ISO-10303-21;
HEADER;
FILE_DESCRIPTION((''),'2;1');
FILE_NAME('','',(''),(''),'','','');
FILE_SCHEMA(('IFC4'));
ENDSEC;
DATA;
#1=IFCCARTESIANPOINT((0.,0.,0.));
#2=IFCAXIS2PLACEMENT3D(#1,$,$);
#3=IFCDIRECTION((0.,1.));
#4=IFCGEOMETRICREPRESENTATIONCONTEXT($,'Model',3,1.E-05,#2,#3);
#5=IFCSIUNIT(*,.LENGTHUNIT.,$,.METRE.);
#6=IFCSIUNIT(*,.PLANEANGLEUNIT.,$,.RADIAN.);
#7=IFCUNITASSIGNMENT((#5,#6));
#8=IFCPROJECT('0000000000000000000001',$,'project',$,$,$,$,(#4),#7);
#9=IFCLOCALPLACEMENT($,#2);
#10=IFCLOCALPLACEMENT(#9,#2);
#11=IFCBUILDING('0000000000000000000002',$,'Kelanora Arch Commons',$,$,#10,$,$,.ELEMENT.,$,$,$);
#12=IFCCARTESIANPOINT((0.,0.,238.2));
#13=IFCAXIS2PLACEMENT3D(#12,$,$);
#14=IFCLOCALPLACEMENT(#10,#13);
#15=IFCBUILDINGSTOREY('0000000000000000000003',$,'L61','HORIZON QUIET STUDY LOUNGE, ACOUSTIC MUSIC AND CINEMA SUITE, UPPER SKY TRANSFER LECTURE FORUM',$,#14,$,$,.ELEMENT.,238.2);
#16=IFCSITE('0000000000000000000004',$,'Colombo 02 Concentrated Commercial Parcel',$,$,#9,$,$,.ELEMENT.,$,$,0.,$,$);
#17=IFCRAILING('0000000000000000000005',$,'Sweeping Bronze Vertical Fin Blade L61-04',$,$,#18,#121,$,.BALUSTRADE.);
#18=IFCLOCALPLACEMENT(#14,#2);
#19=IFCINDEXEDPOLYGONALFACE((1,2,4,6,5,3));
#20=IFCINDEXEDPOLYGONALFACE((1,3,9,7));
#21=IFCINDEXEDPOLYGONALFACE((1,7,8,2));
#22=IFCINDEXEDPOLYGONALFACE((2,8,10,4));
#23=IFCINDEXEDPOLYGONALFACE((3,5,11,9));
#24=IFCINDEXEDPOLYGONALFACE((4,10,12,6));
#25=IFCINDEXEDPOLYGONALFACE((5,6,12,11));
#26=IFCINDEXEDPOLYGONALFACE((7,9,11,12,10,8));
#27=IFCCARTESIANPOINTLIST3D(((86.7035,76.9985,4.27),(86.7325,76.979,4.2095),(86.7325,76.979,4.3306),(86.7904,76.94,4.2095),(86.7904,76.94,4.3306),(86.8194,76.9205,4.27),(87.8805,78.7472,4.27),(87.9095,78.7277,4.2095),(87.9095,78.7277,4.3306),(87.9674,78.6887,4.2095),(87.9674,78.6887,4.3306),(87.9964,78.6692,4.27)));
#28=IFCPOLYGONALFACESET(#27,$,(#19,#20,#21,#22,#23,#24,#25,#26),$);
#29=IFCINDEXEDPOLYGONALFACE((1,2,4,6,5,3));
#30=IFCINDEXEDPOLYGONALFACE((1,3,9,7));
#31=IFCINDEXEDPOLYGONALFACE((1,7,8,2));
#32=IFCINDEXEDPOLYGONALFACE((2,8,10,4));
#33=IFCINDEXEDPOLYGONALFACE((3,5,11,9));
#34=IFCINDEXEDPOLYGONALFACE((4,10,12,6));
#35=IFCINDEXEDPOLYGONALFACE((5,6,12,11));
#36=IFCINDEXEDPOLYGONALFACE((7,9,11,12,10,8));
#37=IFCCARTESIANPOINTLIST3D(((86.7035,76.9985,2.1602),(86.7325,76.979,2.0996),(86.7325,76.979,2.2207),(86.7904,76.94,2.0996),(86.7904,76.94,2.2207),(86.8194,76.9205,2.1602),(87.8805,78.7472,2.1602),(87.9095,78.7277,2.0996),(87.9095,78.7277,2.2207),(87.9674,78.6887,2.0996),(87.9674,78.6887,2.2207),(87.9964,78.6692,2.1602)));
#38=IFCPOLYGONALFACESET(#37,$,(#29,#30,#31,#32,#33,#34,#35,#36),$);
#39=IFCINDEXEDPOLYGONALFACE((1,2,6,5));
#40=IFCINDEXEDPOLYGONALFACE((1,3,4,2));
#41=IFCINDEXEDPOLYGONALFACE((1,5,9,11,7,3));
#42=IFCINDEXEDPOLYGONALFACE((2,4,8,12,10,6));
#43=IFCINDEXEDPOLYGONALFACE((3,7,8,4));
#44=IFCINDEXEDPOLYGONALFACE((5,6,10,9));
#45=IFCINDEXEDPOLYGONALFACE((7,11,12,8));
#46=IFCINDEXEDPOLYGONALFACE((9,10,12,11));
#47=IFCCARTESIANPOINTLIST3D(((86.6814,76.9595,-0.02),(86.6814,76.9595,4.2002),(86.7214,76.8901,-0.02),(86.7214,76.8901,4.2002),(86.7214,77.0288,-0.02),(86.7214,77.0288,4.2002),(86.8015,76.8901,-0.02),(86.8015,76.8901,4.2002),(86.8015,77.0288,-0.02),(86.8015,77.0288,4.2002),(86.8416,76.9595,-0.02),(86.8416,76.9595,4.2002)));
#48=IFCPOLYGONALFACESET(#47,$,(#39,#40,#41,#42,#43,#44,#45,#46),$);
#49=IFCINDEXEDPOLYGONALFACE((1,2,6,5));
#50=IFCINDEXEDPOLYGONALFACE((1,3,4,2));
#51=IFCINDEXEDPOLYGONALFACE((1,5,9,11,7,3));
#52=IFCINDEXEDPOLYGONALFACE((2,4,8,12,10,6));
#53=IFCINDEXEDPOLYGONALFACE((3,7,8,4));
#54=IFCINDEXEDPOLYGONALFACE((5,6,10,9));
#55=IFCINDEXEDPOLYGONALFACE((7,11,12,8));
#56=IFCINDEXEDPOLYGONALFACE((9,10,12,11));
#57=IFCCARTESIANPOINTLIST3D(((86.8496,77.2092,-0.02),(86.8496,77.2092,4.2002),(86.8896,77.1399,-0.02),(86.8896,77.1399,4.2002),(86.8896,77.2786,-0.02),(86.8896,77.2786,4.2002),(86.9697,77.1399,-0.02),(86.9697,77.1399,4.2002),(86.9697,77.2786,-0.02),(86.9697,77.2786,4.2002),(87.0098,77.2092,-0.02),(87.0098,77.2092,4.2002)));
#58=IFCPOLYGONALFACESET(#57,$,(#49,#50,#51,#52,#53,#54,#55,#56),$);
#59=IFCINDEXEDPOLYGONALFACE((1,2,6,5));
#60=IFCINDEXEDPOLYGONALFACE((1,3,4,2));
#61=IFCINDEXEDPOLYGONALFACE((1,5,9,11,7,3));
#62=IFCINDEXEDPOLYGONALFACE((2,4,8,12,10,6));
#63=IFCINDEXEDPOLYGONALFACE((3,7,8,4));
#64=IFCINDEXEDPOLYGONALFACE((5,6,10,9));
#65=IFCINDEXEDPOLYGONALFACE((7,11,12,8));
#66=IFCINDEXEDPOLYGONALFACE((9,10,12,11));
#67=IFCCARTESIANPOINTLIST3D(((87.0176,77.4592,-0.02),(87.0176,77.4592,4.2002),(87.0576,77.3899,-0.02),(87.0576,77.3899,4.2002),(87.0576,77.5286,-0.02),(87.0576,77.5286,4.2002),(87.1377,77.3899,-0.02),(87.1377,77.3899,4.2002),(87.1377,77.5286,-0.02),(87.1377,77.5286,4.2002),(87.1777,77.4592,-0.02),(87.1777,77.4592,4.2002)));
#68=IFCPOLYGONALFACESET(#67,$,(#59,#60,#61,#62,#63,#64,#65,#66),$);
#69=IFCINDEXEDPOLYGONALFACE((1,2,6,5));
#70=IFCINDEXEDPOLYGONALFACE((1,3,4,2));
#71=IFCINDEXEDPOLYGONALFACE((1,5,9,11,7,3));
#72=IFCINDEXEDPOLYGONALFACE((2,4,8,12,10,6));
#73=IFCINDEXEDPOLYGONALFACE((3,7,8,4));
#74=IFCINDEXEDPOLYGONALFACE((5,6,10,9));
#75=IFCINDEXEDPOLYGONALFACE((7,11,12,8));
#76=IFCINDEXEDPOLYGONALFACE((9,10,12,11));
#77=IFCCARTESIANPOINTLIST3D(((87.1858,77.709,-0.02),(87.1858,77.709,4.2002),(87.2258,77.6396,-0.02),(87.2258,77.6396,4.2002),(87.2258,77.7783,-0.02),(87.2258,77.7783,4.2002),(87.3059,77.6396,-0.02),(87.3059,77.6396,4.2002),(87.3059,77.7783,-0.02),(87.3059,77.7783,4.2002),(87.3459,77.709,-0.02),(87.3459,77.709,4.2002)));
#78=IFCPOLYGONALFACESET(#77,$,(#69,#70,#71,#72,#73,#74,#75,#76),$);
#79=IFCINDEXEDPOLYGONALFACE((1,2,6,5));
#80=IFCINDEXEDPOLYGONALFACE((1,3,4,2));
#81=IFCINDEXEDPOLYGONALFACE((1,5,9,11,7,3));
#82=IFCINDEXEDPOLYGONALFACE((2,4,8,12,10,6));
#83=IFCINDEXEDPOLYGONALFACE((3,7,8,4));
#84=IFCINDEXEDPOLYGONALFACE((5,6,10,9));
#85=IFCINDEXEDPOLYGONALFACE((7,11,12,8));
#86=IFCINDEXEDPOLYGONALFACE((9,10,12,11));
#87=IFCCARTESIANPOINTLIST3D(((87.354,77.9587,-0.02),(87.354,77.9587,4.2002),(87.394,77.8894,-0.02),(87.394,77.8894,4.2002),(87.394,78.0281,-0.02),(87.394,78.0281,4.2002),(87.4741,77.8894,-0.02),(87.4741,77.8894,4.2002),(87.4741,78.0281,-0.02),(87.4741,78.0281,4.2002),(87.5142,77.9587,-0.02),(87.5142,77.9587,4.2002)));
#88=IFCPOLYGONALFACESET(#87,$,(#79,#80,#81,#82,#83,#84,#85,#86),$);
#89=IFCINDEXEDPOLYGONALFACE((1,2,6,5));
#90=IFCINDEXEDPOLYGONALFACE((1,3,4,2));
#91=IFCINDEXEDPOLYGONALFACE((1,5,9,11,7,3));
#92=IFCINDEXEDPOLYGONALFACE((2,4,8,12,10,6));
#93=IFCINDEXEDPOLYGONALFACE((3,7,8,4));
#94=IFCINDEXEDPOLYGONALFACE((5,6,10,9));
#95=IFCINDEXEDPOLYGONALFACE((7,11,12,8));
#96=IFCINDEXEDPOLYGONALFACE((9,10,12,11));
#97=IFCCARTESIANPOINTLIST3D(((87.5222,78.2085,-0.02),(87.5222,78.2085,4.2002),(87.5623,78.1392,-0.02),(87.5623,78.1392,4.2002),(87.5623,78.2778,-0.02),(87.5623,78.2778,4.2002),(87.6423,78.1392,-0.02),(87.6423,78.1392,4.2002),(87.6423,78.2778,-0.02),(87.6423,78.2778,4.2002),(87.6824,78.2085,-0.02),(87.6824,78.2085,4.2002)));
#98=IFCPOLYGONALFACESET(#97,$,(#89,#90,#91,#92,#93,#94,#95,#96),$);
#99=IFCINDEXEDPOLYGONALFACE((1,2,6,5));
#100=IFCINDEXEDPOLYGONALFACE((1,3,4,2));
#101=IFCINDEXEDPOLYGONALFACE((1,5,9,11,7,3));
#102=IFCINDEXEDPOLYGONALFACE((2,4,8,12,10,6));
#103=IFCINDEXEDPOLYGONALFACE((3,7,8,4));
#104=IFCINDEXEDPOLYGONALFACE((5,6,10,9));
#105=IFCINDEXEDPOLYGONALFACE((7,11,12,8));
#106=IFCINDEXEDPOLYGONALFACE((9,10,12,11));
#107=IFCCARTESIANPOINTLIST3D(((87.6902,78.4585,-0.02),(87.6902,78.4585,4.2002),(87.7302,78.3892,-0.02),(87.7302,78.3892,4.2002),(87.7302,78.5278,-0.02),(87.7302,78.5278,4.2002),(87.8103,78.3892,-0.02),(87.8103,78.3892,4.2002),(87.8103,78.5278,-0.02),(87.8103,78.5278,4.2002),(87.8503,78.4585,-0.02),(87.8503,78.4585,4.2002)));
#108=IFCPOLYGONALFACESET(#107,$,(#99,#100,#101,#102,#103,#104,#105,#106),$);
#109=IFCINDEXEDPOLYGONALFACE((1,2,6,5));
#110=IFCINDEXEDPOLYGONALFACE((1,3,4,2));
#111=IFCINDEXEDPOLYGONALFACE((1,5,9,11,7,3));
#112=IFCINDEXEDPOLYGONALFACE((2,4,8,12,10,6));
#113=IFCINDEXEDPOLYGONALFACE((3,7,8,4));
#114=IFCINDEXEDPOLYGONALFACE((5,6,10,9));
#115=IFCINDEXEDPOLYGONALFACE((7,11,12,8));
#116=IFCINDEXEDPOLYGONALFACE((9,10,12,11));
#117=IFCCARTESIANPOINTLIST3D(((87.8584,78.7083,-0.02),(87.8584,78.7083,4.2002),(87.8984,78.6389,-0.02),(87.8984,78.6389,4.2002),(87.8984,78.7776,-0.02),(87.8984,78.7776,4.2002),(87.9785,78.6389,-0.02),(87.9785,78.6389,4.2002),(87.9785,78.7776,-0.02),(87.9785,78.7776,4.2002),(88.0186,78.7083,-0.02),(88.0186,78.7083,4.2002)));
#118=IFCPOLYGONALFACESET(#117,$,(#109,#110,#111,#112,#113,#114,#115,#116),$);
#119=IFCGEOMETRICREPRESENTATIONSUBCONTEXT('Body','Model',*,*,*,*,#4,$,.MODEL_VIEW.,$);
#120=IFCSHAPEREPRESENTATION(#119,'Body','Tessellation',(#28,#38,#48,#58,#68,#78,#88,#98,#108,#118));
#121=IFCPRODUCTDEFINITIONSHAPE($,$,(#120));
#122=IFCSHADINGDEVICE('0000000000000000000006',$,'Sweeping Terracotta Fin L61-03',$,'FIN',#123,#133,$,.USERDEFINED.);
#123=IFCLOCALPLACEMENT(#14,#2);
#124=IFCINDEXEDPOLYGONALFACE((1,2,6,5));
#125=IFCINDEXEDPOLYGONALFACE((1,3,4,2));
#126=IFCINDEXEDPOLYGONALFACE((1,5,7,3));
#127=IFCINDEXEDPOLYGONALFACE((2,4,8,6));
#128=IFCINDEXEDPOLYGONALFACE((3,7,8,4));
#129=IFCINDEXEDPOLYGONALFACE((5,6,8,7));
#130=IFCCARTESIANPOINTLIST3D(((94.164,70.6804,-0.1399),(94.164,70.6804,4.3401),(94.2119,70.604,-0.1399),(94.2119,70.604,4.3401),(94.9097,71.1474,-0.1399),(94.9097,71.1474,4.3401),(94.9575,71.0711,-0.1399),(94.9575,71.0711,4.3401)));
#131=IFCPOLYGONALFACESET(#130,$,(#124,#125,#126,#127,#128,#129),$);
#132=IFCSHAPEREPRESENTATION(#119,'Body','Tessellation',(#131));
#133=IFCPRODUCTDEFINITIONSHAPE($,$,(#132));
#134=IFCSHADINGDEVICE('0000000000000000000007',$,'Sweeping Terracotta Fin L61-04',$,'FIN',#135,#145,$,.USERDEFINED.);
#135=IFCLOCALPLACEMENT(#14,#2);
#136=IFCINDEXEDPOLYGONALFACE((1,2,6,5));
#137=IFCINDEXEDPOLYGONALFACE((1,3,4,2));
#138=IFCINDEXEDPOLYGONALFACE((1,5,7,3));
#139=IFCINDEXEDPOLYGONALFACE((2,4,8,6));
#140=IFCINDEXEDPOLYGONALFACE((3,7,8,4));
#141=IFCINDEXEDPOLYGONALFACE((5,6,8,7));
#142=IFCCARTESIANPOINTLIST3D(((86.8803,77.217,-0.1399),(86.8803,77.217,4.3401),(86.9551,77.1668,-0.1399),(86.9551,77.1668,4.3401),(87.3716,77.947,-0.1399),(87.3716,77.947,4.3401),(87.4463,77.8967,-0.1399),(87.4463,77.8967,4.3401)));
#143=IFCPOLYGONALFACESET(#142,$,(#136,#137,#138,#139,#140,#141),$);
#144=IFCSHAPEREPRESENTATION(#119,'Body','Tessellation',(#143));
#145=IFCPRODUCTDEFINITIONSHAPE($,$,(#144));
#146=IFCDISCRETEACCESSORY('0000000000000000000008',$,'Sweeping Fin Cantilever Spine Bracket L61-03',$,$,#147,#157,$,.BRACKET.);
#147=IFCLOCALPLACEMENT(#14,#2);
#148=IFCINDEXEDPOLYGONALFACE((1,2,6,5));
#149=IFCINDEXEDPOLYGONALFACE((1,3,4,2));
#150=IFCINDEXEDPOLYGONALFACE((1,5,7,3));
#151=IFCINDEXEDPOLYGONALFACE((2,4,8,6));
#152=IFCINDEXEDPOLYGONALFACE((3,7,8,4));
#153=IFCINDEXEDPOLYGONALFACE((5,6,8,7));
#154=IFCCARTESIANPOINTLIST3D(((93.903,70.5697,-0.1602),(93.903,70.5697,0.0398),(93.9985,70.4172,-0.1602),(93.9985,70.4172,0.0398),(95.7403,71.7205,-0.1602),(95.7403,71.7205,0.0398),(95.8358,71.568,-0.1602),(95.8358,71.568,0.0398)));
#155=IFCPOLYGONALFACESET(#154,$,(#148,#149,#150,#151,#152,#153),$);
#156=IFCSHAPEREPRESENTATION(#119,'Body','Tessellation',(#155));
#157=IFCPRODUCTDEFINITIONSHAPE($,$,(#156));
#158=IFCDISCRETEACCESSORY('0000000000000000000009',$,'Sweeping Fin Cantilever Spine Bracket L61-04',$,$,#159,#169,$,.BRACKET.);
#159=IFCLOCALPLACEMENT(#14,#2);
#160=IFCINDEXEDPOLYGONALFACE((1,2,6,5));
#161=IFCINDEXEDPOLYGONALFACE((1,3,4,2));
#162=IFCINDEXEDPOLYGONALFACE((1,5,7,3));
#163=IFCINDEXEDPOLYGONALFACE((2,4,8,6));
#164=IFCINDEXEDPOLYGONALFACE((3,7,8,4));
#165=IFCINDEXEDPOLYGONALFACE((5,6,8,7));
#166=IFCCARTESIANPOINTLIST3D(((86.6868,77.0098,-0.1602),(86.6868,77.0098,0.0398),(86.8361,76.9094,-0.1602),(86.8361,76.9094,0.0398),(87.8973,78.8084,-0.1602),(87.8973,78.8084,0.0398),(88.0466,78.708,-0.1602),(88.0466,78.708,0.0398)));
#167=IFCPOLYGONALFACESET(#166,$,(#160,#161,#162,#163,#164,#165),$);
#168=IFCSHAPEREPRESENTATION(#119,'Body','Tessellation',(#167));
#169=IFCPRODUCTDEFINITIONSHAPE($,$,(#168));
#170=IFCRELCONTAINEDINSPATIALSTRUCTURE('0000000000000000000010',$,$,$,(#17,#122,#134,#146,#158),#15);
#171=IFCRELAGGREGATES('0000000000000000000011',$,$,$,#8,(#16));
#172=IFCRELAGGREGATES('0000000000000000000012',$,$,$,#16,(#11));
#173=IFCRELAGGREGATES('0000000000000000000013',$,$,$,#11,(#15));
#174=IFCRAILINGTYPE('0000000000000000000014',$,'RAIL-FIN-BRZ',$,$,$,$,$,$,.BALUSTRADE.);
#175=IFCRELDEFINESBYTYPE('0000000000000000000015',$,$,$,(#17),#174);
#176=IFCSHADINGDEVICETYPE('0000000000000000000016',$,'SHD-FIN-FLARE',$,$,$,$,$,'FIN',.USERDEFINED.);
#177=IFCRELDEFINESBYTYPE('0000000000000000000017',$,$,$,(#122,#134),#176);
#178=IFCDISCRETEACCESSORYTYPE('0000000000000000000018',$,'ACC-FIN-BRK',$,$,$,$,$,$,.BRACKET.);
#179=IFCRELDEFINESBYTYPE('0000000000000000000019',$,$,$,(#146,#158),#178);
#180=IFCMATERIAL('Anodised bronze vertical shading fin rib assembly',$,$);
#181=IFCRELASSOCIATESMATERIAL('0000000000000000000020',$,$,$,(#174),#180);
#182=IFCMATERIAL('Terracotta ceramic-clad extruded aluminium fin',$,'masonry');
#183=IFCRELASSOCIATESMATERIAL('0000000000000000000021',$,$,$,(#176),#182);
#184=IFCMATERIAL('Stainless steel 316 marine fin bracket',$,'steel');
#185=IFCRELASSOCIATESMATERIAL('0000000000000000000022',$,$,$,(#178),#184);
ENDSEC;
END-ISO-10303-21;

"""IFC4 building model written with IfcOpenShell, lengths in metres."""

from ifc_helpers import new_model, si_unit, direction, frame, origin, origin_2d, place, context, subcontext, project, spatial, polyline, rectangle, outline, extrude, source, transform, mapped, material, type_object, element, save


model = new_model("IFC4")

# Units and contexts
model_context = context("Model", 3, precision=1e-05, world=origin(), true_north=direction((0.0, 1.0)))
body_context = subcontext(model_context, "Body", "Model", "MODEL_VIEW")
ifc_project = project(units=[si_unit("LENGTHUNIT", "METRE"), si_unit("PLANEANGLEUNIT", "RADIAN")], contexts=[model_context])

# Site, building, storey
site_placement = place(None, origin())
site = spatial("IfcSite", under=ifc_project, at=site_placement, Name="Colombo 02 Concentrated Commercial Parcel", CompositionType="ELEMENT", RefElevation=0.0)
building_placement = place(site_placement, origin())
building = spatial("IfcBuilding", under=site, at=building_placement, Name="Kelanora Arch Commons", CompositionType="ELEMENT")
storey_placement = place(building_placement, frame((0.0, 0.0, 238.2)))
storey = spatial("IfcBuildingStorey", under=building, at=storey_placement, Name="L61", Description="HORIZON QUIET STUDY LOUNGE, ACOUSTIC MUSIC AND CINEMA SUITE, UPPER SKY TRANSFER LECTURE FORUM", CompositionType="ELEMENT", Elevation=238.2)

# Railing
ifc_material_1 = material(Name="Anodised bronze vertical shading fin rib assembly")
railing_type = type_object("IfcRailingType", Name="RAIL-FIN-BRZ", PredefinedType="BALUSTRADE", material=ifc_material_1)
railing_1_placement = place(storey_placement, frame((86.7615, 76.9595, -0.02)))
element("IfcRailing", 1, at=railing_1_placement, inside=storey, type_object=railing_type, Name="Sweeping Bronze Vertical Fin Blade L61-04", PredefinedType="BALUSTRADE", context=body_context, shape_type="SweptSolid", body=[
    extrude(outline(polyline([(0.0698, 0.0), (0.0349, 0.0605), (-0.0349, 0.0605), (-0.0698, 0.0), (-0.0349, -0.0605), (0.0349, -0.0605), (0.0698, 0.0)])), frame((0.0, 0.0, 4.29), z_axis=(0.558356, 0.829601, 0.0), x_axis=(-0.829601, 0.558356, 0.0)), (0.0, 0.0, 1.0), 2.1079),
    extrude(outline(polyline([(0.0698, 0.0), (0.0349, 0.0605), (-0.0349, 0.0605), (-0.0698, 0.0), (-0.0349, -0.0605), (0.0349, -0.0605), (0.0698, 0.0)])), frame((0.0, 0.0, 2.1802), z_axis=(0.558356, 0.829601, 0.0), x_axis=(-0.829601, 0.558356, 0.0)), (0.0, 0.0, 1.0), 2.1079),
    extrude(outline(polyline([(0.0801, 0.0), (0.04, 0.0693), (-0.04, 0.0693), (-0.0801, 0.0), (-0.04, -0.0693), (0.04, -0.0693), (0.0801, 0.0)])), origin(), (0.0, 0.0, 1.0), 4.2202),
    extrude(outline(polyline([(0.0801, 0.0), (0.04, 0.0693), (-0.04, 0.0693), (-0.0801, 0.0), (-0.04, -0.0693), (0.04, -0.0693), (0.0801, 0.0)])), frame((0.1682, 0.2498, 0.0)), (0.0, 0.0, 1.0), 4.2202),
    extrude(outline(polyline([(0.0801, 0.0), (0.04, 0.0693), (-0.04, 0.0693), (-0.0801, 0.0), (-0.04, -0.0693), (0.04, -0.0693), (0.0801, 0.0)])), frame((0.3362, 0.4998, 0.0)), (0.0, 0.0, 1.0), 4.2202),
    extrude(outline(polyline([(0.0801, 0.0), (0.04, 0.0693), (-0.04, 0.0693), (-0.0801, 0.0), (-0.04, -0.0693), (0.04, -0.0693), (0.0801, 0.0)])), frame((0.5044, 0.7495, 0.0)), (0.0, 0.0, 1.0), 4.2202),
    extrude(outline(polyline([(0.0801, 0.0), (0.04, 0.0693), (-0.04, 0.0693), (-0.0801, 0.0), (-0.04, -0.0693), (0.04, -0.0693), (0.0801, 0.0)])), frame((0.6726, 0.9993, 0.0)), (0.0, 0.0, 1.0), 4.2202),
    extrude(outline(polyline([(0.0801, 0.0), (0.04, 0.0693), (-0.04, 0.0693), (-0.0801, 0.0), (-0.04, -0.0693), (0.04, -0.0693), (0.0801, 0.0)])), frame((0.8408, 1.249, 0.0)), (0.0, 0.0, 1.0), 4.2202),
    extrude(outline(polyline([(0.0801, 0.0), (0.04, 0.0693), (-0.04, 0.0693), (-0.0801, 0.0), (-0.04, -0.0693), (0.04, -0.0693), (0.0801, 0.0)])), frame((1.0088, 1.499, 0.0)), (0.0, 0.0, 1.0), 4.2202),
    extrude(outline(polyline([(0.0801, 0.0), (0.04, 0.0693), (-0.04, 0.0693), (-0.0801, 0.0), (-0.04, -0.0693), (0.04, -0.0693), (0.0801, 0.0)])), frame((1.177, 1.7488, 0.0)), (0.0, 0.0, 1.0), 4.2202),
])

# Shading devices
ifc_material_2 = material(Name="Terracotta ceramic-clad extruded aluminium fin", Category="masonry")
shading_device_type = type_object("IfcShadingDeviceType", Name="SHD-FIN-FLARE", ElementType="FIN", PredefinedType="USERDEFINED", material=ifc_material_2)
shared_shape_1 = source(origin(), body_context, "Body", "SweptSolid", [
    extrude(rectangle(XDim=0.8799, YDim=0.0901, at=origin_2d()), origin(), (0.0, 0.0, 1.0), 4.48),
])
for number, where, z_axis, x_axis, name in (
    (2, (94.5608, 70.8757, -0.1399), (0.0, 0.0, 1.0), (0.847493, 0.530807, 0.0), "Sweeping Terracotta Fin L61-03"),
    (3, (87.1633, 77.5569, -0.1399), (0.0, 0.0, 1.0), (0.558324, 0.829623, 0.0), "Sweeping Terracotta Fin L61-04"),
):
    element("IfcShadingDevice", number, at=place(storey_placement, frame(where, z_axis=z_axis, x_axis=x_axis)), inside=storey, type_object=shading_device_type, Name=name, ObjectType="FIN", PredefinedType="USERDEFINED", context=body_context, shape_type="MappedRepresentation", body=[
        mapped(shared_shape_1, transform((0.0, 0.0, 0.0), scale=1.0)),
    ])

# Discrete accessories
ifc_material_3 = material(Name="Stainless steel 316 marine fin bracket", Category="steel")
discrete_accessory_type = type_object("IfcDiscreteAccessoryType", Name="ACC-FIN-BRK", PredefinedType="BRACKET", material=ifc_material_3)
shared_shape_2 = source(origin(), body_context, "Body", "SweptSolid", [
    extrude(rectangle(XDim=2.168, YDim=0.1799, at=origin_2d()), origin(), (0.0, 0.0, 1.0), 0.2),
])
for number, where, z_axis, x_axis, name in (
    (4, (94.8694, 71.0688, -0.1602), (0.0, 0.0, 1.0), (0.847493, 0.530807, 0.0), "Sweeping Fin Cantilever Spine Bracket L61-03"),
    (5, (87.3667, 77.8589, -0.1602), (0.0, 0.0, 1.0), (0.558324, 0.829623, 0.0), "Sweeping Fin Cantilever Spine Bracket L61-04"),
):
    element("IfcDiscreteAccessory", number, at=place(storey_placement, frame(where, z_axis=z_axis, x_axis=x_axis)), inside=storey, type_object=discrete_accessory_type, Name=name, PredefinedType="BRACKET", context=body_context, shape_type="MappedRepresentation", body=[
        mapped(shared_shape_2, transform((0.0, 0.0, 0.0), scale=1.0)),
    ])

save(model, "model.ifc")
